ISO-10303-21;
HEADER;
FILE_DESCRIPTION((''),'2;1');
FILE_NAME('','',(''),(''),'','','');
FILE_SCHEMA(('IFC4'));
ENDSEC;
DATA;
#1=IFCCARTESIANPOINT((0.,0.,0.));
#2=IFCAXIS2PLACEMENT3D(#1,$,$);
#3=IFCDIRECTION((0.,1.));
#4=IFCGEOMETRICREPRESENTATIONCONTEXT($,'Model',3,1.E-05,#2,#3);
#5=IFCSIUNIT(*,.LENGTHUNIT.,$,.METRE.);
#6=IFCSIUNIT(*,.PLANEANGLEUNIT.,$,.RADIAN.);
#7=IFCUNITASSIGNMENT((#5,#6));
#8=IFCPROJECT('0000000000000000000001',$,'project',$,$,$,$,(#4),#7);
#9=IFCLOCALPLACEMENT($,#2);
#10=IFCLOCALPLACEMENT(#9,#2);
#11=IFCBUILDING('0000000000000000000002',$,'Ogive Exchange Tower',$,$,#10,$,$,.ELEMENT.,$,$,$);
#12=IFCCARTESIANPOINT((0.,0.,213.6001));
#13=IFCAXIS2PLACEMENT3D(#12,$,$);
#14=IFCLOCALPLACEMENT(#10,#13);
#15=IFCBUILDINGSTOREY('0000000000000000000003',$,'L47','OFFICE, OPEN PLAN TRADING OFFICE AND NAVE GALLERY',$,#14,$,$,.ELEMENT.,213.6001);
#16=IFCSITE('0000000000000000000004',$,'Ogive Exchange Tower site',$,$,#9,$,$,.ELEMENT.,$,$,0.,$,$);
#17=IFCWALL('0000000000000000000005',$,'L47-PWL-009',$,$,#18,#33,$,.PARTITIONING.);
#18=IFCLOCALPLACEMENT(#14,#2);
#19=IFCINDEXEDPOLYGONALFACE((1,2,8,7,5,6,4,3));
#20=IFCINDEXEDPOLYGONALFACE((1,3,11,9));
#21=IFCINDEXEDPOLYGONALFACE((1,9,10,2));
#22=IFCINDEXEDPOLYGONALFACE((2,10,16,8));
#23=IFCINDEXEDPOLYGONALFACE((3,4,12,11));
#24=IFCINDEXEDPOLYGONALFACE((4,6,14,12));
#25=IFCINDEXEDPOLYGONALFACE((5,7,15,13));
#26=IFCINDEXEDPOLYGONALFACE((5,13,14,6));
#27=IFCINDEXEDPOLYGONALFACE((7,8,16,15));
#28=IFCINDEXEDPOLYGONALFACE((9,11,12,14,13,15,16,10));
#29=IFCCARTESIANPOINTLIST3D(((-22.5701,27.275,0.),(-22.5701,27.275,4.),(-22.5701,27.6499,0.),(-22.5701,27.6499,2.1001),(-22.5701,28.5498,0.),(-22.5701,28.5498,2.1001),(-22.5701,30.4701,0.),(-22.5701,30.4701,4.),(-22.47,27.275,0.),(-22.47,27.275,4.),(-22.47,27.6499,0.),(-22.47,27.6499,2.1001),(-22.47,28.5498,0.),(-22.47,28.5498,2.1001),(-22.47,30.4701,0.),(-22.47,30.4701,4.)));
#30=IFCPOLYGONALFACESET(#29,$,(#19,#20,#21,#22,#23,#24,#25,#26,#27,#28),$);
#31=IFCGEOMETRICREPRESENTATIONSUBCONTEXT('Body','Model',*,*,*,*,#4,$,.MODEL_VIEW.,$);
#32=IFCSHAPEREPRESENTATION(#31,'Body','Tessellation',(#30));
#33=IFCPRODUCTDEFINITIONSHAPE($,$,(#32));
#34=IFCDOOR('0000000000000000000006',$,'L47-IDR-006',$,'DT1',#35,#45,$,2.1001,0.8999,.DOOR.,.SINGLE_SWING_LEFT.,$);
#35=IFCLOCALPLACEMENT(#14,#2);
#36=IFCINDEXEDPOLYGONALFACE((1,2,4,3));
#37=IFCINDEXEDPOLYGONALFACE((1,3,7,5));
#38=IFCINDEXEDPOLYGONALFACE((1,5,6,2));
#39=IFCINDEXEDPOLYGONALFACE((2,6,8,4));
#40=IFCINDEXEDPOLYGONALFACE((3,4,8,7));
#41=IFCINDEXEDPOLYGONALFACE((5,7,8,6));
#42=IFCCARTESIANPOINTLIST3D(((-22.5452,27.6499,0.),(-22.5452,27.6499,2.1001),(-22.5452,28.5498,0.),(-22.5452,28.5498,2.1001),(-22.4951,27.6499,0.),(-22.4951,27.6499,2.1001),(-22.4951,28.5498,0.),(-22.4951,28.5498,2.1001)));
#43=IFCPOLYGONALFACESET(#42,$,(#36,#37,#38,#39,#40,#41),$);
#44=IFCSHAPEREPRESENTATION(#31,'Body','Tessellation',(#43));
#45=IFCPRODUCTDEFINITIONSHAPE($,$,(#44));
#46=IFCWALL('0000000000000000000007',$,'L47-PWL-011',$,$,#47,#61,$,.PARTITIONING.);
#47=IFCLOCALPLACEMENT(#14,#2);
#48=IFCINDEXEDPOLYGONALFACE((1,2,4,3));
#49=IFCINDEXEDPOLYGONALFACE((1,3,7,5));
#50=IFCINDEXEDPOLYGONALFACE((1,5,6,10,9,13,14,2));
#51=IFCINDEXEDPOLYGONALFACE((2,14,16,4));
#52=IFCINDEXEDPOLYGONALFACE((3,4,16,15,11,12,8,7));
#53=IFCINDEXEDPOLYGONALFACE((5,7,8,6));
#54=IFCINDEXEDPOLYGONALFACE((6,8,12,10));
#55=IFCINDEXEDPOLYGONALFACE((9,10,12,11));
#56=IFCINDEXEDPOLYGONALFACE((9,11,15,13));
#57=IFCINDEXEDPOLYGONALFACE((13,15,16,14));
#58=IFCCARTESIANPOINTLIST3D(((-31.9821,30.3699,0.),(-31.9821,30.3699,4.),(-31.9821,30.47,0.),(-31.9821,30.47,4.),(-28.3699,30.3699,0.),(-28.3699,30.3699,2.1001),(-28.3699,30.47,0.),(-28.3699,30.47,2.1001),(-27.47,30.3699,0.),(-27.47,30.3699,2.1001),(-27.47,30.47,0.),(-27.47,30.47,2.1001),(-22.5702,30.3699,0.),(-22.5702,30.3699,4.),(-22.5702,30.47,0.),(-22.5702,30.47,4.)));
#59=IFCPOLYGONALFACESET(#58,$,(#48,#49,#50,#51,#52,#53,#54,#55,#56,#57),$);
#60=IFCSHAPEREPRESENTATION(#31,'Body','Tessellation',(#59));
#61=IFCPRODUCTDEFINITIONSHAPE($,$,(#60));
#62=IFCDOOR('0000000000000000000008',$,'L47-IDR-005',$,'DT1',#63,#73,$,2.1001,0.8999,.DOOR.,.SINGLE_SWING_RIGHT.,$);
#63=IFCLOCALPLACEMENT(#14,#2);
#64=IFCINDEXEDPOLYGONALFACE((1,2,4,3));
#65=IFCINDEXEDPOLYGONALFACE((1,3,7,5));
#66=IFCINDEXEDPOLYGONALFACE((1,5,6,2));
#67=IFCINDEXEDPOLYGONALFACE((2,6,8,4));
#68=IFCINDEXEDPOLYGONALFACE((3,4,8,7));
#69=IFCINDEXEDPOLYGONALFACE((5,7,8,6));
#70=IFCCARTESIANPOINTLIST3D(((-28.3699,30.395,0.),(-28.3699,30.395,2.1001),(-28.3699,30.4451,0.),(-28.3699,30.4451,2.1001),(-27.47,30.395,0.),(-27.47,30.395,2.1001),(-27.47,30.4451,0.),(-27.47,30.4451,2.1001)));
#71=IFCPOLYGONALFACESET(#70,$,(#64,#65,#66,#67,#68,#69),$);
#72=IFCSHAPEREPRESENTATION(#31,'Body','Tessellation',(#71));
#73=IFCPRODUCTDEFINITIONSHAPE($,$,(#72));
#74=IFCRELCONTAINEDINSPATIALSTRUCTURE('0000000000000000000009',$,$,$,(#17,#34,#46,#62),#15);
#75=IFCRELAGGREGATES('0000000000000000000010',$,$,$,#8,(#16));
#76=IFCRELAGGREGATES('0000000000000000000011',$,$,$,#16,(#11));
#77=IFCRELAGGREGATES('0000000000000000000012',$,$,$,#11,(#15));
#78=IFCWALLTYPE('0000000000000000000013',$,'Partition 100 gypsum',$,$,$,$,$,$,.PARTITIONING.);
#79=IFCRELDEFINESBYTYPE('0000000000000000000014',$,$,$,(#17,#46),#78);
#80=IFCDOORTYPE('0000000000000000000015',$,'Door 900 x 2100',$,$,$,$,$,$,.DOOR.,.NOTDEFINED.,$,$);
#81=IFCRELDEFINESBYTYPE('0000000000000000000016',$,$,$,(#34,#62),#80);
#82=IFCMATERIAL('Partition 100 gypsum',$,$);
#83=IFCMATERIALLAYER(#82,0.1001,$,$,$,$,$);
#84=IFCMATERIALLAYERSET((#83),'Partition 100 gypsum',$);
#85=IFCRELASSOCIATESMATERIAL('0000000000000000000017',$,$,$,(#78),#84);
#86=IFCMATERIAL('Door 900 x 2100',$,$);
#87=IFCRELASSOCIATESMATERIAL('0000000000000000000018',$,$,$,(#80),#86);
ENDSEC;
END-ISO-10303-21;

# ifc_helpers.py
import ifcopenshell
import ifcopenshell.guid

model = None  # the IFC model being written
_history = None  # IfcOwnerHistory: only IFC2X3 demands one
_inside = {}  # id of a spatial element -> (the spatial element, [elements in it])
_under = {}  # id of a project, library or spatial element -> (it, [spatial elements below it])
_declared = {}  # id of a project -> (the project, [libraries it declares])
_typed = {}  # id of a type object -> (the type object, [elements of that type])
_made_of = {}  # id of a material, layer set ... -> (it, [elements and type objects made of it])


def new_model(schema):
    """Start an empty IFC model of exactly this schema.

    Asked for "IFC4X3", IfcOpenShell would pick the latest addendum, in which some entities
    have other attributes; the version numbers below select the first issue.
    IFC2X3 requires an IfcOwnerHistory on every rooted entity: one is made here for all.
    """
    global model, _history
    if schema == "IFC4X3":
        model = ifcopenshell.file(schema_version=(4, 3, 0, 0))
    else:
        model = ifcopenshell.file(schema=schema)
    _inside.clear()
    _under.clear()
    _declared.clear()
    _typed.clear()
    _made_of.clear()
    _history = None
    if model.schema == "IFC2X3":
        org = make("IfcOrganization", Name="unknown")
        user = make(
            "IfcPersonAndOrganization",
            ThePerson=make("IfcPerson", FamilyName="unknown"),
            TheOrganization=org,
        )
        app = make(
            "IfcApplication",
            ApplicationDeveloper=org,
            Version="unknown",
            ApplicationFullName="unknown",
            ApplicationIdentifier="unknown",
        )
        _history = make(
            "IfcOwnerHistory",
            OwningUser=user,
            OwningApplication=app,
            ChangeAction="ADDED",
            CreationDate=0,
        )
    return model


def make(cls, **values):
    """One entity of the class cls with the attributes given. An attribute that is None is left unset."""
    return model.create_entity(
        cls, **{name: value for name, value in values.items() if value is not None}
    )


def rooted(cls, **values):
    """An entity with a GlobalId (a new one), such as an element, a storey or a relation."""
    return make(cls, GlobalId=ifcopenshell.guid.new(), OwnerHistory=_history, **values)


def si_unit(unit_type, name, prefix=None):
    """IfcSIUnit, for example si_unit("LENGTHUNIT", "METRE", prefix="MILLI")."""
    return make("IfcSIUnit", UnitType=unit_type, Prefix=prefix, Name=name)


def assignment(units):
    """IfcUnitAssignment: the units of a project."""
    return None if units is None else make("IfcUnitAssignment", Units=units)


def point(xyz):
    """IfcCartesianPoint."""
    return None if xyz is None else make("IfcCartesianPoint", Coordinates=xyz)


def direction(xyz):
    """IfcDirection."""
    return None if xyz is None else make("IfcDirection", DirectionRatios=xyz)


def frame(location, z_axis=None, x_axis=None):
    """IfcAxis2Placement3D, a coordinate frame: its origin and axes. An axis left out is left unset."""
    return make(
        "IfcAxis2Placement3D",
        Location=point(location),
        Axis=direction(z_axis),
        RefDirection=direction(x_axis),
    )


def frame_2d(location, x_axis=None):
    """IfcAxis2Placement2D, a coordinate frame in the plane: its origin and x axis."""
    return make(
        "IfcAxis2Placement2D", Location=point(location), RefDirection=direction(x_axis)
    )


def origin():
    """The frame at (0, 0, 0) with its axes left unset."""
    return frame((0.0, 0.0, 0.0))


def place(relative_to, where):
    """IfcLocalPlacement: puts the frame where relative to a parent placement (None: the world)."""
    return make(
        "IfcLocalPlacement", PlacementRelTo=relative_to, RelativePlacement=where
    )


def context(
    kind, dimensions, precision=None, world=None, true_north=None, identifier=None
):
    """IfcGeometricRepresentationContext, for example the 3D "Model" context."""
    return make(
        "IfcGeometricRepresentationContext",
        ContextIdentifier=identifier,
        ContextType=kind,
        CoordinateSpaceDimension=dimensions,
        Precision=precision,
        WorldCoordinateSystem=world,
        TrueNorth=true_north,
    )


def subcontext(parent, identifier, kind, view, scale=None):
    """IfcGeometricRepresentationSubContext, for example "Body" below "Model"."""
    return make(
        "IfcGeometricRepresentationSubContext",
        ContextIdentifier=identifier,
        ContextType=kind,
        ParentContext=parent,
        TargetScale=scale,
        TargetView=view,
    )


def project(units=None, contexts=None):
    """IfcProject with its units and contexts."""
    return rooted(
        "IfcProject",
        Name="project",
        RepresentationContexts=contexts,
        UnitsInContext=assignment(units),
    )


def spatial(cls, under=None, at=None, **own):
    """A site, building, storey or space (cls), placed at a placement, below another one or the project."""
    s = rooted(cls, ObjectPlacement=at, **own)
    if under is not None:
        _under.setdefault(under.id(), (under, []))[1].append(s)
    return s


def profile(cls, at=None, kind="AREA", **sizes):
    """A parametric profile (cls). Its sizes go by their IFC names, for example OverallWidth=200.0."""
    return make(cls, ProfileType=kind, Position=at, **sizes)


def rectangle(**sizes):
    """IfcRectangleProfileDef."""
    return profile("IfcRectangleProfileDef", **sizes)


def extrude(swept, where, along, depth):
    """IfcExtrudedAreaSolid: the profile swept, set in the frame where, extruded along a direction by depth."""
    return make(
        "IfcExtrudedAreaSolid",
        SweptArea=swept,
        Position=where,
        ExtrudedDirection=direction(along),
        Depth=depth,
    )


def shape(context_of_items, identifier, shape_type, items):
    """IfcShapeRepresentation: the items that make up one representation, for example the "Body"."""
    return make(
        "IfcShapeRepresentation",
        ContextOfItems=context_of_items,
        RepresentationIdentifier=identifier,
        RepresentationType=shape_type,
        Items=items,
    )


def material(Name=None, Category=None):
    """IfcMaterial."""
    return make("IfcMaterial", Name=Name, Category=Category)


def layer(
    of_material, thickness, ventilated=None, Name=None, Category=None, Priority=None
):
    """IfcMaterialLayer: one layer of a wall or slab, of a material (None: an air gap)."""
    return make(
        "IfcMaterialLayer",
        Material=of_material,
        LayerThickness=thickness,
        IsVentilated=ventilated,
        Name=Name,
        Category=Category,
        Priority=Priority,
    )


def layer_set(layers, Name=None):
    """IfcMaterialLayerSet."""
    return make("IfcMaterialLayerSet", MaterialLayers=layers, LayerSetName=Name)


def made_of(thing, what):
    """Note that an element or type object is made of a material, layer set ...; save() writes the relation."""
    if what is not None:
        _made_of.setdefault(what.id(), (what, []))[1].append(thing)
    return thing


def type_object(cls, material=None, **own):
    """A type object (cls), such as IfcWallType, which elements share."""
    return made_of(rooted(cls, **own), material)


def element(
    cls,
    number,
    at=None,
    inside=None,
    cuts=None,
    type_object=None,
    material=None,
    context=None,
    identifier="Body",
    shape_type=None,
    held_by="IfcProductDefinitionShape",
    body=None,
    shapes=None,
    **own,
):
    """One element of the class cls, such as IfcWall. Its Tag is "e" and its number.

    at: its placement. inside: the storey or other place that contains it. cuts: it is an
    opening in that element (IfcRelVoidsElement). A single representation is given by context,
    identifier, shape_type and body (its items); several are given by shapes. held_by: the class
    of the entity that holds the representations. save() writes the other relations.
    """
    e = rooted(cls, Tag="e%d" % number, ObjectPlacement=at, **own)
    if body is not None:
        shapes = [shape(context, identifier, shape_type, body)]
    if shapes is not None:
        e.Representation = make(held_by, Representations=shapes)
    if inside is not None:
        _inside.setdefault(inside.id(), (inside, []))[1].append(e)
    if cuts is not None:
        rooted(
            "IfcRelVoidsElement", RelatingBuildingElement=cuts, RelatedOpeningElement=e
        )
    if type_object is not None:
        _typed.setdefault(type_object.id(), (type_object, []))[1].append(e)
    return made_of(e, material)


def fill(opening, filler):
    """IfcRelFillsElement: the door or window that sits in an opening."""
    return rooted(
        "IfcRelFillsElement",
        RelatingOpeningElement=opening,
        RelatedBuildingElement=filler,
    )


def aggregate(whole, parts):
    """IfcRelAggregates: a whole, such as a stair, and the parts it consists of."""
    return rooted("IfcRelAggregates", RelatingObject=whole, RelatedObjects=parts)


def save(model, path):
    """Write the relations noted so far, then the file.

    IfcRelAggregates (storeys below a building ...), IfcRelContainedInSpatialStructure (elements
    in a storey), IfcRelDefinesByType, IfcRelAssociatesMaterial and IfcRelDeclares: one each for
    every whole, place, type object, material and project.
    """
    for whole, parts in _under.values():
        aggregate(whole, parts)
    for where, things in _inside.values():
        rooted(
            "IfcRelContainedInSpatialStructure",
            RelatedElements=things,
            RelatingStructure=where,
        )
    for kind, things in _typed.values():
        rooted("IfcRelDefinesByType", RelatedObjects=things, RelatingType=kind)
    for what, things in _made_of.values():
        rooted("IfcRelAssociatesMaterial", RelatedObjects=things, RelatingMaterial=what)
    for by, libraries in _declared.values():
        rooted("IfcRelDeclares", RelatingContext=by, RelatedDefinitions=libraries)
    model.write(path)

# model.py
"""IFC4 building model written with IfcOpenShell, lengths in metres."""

from ifc_helpers import new_model, si_unit, direction, frame, frame_2d, origin, place, context, subcontext, project, spatial, rectangle, extrude, material, layer, layer_set, type_object, element, fill, save


model = new_model("IFC4")

# Units and contexts
model_context = context("Model", 3, precision=1e-05, world=origin(), true_north=direction((0.0, 1.0)))
body_context = subcontext(model_context, "Body", "Model", "MODEL_VIEW")
ifc_project = project(units=[si_unit("LENGTHUNIT", "METRE"), si_unit("PLANEANGLEUNIT", "RADIAN")], contexts=[model_context])

# Site, building, storey
site_placement = place(None, origin())
site = spatial("IfcSite", under=ifc_project, at=site_placement, Name="Ogive Exchange Tower site", CompositionType="ELEMENT", RefElevation=0.0)
building_placement = place(site_placement, origin())
building = spatial("IfcBuilding", under=site, at=building_placement, Name="Ogive Exchange Tower", CompositionType="ELEMENT")
storey_placement = place(building_placement, frame((0.0, 0.0, 213.6001)))
storey = spatial("IfcBuildingStorey", under=building, at=storey_placement, Name="L47", Description="OFFICE, OPEN PLAN TRADING OFFICE AND NAVE GALLERY", CompositionType="ELEMENT", Elevation=213.6001)

# Walls, openings, doors
ifc_material_1 = material(Name="Partition 100 gypsum")
ifc_layer_1 = layer(ifc_material_1, 0.1001)
ifc_layer_set_1 = layer_set([ifc_layer_1], Name="Partition 100 gypsum")
wall_type_1 = type_object("IfcWallType", Name="Partition 100 gypsum", PredefinedType="PARTITIONING", material=ifc_layer_set_1)
wall_1_placement = place(storey_placement, frame((-22.52, 27.2749, 0.0), z_axis=(0.0, 0.0, 1.0), x_axis=(0.0, 1.0, 0.0)))
wall_1 = element("IfcWall", 1, at=wall_1_placement, inside=storey, type_object=wall_type_1, Name="L47-PWL-009", PredefinedType="PARTITIONING", context=body_context, shape_type="SweptSolid", body=[
    extrude(rectangle(XDim=3.1951, YDim=0.1001, at=frame_2d((1.5977, 0.0))), origin(), (0.0, 0.0, 1.0), 4.0),
])
opening_1_placement = place(wall_1_placement, frame((0.375, 0.0, 0.0)))
opening_1 = element("IfcOpeningElement", 2, at=opening_1_placement, cuts=wall_1, PredefinedType="OPENING", context=body_context, shape_type="SweptSolid", body=[
    extrude(rectangle(XDim=0.8999, YDim=2.1001, at=frame_2d((0.45, 1.05))), frame((0.0, 0.0601, 0.0), z_axis=(0.0, -1.0, 0.0), x_axis=(1.0, 0.0, 0.0)), (0.0, 0.0, 1.0), 0.1201),
])
ifc_material_2 = material(Name="Door 900 x 2100")
door_type_1 = type_object("IfcDoorType", Name="Door 900 x 2100", OperationType="NOTDEFINED", PredefinedType="DOOR", material=ifc_material_2)
door_1_placement = place(opening_1_placement, frame((0.8999, 0.0, 0.0), z_axis=(0.0, 0.0, 1.0), x_axis=(-1.0, 0.0, 0.0)))
door_1 = element("IfcDoor", 3, at=door_1_placement, inside=storey, type_object=door_type_1, Name="L47-IDR-006", ObjectType="DT1", OperationType="SINGLE_SWING_LEFT", OverallHeight=2.1001, OverallWidth=0.8999, PredefinedType="DOOR", context=body_context, shape_type="SweptSolid", body=[
    extrude(rectangle(XDim=0.8999, YDim=2.1001, at=frame_2d((0.45, 1.05))), frame((0.0, 0.0249, 0.0), z_axis=(0.0, -1.0, 0.0), x_axis=(1.0, 0.0, 0.0)), (0.0, 0.0, 1.0), 0.05),
])
fill(opening_1, door_1)
wall_2_placement = place(storey_placement, frame((-22.5701, 30.4199, 0.0), z_axis=(0.0, 0.0, 1.0), x_axis=(-1.0, 0.0, 0.0)))
wall_2 = element("IfcWall", 4, at=wall_2_placement, inside=storey, type_object=wall_type_1, Name="L47-PWL-011", PredefinedType="PARTITIONING", context=body_context, shape_type="SweptSolid", body=[
    extrude(rectangle(XDim=9.4119, YDim=0.1001, at=frame_2d((4.7061, 0.0))), origin(), (0.0, 0.0, 1.0), 4.0),
])
opening_2_placement = place(wall_2_placement, frame((4.8999, 0.0, 0.0)))
opening_2 = element("IfcOpeningElement", 5, at=opening_2_placement, cuts=wall_2, PredefinedType="OPENING", context=body_context, shape_type="SweptSolid", body=[
    extrude(rectangle(XDim=0.8999, YDim=2.1001, at=frame_2d((0.45, 1.05))), frame((0.0, 0.0601, 0.0), z_axis=(0.0, -1.0, 0.0), x_axis=(1.0, 0.0, 0.0)), (0.0, 0.0, 1.0), 0.1201),
])
door_2_placement = place(opening_2_placement, origin())
door_2 = element("IfcDoor", 6, at=door_2_placement, inside=storey, type_object=door_type_1, Name="L47-IDR-005", ObjectType="DT1", OperationType="SINGLE_SWING_RIGHT", OverallHeight=2.1001, OverallWidth=0.8999, PredefinedType="DOOR", context=body_context, shape_type="SweptSolid", body=[
    extrude(rectangle(XDim=0.8999, YDim=2.1001, at=frame_2d((0.45, 1.05))), frame((0.0, 0.0249, 0.0), z_axis=(0.0, -1.0, 0.0), x_axis=(1.0, 0.0, 0.0)), (0.0, 0.0, 1.0), 0.05),
])
fill(opening_2, door_2)

save(model, "model.ifc")
